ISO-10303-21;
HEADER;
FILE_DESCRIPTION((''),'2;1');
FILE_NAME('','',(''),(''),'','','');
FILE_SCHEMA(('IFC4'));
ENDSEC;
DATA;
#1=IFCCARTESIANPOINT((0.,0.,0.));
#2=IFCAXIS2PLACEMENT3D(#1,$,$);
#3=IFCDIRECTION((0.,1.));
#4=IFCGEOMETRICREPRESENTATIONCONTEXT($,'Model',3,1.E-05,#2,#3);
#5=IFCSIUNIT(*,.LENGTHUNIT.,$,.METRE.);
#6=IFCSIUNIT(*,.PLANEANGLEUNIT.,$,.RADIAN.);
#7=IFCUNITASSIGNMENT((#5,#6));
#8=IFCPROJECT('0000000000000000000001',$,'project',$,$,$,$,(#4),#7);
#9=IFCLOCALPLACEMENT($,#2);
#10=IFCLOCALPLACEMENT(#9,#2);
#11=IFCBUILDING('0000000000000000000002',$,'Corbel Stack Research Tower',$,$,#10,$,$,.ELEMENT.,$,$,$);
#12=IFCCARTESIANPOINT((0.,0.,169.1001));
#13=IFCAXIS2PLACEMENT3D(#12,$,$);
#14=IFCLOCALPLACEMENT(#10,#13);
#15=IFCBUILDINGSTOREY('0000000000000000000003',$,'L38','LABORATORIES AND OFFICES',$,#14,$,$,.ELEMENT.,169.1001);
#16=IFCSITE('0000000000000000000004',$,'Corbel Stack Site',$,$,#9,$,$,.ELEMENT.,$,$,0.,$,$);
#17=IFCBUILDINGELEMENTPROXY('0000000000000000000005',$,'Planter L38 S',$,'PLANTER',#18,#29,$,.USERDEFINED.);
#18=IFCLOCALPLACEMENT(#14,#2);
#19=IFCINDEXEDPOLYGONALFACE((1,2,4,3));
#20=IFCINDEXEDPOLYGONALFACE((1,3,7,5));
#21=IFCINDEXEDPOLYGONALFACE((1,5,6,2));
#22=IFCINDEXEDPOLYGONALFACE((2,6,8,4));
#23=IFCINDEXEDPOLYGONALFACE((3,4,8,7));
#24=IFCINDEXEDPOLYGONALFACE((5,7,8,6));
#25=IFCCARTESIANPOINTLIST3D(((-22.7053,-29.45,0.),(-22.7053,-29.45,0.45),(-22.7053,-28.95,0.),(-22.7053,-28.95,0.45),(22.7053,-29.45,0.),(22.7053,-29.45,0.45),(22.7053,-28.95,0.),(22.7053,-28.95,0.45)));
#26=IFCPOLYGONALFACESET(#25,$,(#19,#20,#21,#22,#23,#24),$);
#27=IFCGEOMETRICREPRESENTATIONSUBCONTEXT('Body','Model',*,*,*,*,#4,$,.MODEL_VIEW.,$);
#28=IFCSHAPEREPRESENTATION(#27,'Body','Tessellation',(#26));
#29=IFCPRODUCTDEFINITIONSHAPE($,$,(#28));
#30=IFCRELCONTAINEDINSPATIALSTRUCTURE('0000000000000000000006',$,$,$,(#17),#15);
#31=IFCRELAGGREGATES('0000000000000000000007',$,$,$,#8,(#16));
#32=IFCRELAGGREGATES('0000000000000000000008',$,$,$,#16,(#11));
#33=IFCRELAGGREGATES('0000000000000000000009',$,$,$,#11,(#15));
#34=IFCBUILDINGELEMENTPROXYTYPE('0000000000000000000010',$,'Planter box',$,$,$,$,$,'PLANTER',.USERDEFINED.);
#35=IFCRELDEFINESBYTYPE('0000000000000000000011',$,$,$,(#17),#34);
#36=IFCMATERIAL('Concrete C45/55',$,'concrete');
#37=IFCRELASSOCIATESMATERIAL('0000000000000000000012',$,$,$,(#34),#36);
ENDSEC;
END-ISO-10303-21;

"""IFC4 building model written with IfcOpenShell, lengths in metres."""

from ifc_helpers import new_model, si_unit, direction, frame, origin, origin_2d, place, context, subcontext, project, spatial, rectangle, extrude, material, type_object, element, save


model = new_model("IFC4")

# Units and contexts
model_context = context("Model", 3, precision=1e-05, world=origin(), true_north=direction((0.0, 1.0)))
body_context = subcontext(model_context, "Body", "Model", "MODEL_VIEW")
ifc_project = project(units=[si_unit("LENGTHUNIT", "METRE"), si_unit("PLANEANGLEUNIT", "RADIAN")], contexts=[model_context])

# Site, building, storey
site_placement = place(None, origin())
site = spatial("IfcSite", under=ifc_project, at=site_placement, Name="Corbel Stack Site", CompositionType="ELEMENT", RefElevation=0.0)
building_placement = place(site_placement, origin())
building = spatial("IfcBuilding", under=site, at=building_placement, Name="Corbel Stack Research Tower", CompositionType="ELEMENT")
storey_placement = place(building_placement, frame((0.0, 0.0, 169.1001)))
storey = spatial("IfcBuildingStorey", under=building, at=storey_placement, Name="L38", Description="LABORATORIES AND OFFICES", CompositionType="ELEMENT", Elevation=169.1001)

# Building element proxy
ifc_material_1 = material(Name="Concrete C45/55", Category="concrete")
building_element_proxy_type = type_object("IfcBuildingElementProxyType", Name="Planter box", ElementType="PLANTER", PredefinedType="USERDEFINED", material=ifc_material_1)
proxy_placement = place(storey_placement, frame((0.0, -29.2, 0.0), z_axis=(0.0, 0.0, 1.0), x_axis=(1.0, 0.0, 0.0)))
element("IfcBuildingElementProxy", 1, at=proxy_placement, inside=storey, type_object=building_element_proxy_type, Name="Planter L38 S", ObjectType="PLANTER", PredefinedType="USERDEFINED", context=body_context, shape_type="SweptSolid", body=[
    extrude(rectangle(XDim=45.4106, YDim=0.5, at=origin_2d()), origin(), (0.0, 0.0, 1.0), 0.45),
])

save(model, "model.ifc")
